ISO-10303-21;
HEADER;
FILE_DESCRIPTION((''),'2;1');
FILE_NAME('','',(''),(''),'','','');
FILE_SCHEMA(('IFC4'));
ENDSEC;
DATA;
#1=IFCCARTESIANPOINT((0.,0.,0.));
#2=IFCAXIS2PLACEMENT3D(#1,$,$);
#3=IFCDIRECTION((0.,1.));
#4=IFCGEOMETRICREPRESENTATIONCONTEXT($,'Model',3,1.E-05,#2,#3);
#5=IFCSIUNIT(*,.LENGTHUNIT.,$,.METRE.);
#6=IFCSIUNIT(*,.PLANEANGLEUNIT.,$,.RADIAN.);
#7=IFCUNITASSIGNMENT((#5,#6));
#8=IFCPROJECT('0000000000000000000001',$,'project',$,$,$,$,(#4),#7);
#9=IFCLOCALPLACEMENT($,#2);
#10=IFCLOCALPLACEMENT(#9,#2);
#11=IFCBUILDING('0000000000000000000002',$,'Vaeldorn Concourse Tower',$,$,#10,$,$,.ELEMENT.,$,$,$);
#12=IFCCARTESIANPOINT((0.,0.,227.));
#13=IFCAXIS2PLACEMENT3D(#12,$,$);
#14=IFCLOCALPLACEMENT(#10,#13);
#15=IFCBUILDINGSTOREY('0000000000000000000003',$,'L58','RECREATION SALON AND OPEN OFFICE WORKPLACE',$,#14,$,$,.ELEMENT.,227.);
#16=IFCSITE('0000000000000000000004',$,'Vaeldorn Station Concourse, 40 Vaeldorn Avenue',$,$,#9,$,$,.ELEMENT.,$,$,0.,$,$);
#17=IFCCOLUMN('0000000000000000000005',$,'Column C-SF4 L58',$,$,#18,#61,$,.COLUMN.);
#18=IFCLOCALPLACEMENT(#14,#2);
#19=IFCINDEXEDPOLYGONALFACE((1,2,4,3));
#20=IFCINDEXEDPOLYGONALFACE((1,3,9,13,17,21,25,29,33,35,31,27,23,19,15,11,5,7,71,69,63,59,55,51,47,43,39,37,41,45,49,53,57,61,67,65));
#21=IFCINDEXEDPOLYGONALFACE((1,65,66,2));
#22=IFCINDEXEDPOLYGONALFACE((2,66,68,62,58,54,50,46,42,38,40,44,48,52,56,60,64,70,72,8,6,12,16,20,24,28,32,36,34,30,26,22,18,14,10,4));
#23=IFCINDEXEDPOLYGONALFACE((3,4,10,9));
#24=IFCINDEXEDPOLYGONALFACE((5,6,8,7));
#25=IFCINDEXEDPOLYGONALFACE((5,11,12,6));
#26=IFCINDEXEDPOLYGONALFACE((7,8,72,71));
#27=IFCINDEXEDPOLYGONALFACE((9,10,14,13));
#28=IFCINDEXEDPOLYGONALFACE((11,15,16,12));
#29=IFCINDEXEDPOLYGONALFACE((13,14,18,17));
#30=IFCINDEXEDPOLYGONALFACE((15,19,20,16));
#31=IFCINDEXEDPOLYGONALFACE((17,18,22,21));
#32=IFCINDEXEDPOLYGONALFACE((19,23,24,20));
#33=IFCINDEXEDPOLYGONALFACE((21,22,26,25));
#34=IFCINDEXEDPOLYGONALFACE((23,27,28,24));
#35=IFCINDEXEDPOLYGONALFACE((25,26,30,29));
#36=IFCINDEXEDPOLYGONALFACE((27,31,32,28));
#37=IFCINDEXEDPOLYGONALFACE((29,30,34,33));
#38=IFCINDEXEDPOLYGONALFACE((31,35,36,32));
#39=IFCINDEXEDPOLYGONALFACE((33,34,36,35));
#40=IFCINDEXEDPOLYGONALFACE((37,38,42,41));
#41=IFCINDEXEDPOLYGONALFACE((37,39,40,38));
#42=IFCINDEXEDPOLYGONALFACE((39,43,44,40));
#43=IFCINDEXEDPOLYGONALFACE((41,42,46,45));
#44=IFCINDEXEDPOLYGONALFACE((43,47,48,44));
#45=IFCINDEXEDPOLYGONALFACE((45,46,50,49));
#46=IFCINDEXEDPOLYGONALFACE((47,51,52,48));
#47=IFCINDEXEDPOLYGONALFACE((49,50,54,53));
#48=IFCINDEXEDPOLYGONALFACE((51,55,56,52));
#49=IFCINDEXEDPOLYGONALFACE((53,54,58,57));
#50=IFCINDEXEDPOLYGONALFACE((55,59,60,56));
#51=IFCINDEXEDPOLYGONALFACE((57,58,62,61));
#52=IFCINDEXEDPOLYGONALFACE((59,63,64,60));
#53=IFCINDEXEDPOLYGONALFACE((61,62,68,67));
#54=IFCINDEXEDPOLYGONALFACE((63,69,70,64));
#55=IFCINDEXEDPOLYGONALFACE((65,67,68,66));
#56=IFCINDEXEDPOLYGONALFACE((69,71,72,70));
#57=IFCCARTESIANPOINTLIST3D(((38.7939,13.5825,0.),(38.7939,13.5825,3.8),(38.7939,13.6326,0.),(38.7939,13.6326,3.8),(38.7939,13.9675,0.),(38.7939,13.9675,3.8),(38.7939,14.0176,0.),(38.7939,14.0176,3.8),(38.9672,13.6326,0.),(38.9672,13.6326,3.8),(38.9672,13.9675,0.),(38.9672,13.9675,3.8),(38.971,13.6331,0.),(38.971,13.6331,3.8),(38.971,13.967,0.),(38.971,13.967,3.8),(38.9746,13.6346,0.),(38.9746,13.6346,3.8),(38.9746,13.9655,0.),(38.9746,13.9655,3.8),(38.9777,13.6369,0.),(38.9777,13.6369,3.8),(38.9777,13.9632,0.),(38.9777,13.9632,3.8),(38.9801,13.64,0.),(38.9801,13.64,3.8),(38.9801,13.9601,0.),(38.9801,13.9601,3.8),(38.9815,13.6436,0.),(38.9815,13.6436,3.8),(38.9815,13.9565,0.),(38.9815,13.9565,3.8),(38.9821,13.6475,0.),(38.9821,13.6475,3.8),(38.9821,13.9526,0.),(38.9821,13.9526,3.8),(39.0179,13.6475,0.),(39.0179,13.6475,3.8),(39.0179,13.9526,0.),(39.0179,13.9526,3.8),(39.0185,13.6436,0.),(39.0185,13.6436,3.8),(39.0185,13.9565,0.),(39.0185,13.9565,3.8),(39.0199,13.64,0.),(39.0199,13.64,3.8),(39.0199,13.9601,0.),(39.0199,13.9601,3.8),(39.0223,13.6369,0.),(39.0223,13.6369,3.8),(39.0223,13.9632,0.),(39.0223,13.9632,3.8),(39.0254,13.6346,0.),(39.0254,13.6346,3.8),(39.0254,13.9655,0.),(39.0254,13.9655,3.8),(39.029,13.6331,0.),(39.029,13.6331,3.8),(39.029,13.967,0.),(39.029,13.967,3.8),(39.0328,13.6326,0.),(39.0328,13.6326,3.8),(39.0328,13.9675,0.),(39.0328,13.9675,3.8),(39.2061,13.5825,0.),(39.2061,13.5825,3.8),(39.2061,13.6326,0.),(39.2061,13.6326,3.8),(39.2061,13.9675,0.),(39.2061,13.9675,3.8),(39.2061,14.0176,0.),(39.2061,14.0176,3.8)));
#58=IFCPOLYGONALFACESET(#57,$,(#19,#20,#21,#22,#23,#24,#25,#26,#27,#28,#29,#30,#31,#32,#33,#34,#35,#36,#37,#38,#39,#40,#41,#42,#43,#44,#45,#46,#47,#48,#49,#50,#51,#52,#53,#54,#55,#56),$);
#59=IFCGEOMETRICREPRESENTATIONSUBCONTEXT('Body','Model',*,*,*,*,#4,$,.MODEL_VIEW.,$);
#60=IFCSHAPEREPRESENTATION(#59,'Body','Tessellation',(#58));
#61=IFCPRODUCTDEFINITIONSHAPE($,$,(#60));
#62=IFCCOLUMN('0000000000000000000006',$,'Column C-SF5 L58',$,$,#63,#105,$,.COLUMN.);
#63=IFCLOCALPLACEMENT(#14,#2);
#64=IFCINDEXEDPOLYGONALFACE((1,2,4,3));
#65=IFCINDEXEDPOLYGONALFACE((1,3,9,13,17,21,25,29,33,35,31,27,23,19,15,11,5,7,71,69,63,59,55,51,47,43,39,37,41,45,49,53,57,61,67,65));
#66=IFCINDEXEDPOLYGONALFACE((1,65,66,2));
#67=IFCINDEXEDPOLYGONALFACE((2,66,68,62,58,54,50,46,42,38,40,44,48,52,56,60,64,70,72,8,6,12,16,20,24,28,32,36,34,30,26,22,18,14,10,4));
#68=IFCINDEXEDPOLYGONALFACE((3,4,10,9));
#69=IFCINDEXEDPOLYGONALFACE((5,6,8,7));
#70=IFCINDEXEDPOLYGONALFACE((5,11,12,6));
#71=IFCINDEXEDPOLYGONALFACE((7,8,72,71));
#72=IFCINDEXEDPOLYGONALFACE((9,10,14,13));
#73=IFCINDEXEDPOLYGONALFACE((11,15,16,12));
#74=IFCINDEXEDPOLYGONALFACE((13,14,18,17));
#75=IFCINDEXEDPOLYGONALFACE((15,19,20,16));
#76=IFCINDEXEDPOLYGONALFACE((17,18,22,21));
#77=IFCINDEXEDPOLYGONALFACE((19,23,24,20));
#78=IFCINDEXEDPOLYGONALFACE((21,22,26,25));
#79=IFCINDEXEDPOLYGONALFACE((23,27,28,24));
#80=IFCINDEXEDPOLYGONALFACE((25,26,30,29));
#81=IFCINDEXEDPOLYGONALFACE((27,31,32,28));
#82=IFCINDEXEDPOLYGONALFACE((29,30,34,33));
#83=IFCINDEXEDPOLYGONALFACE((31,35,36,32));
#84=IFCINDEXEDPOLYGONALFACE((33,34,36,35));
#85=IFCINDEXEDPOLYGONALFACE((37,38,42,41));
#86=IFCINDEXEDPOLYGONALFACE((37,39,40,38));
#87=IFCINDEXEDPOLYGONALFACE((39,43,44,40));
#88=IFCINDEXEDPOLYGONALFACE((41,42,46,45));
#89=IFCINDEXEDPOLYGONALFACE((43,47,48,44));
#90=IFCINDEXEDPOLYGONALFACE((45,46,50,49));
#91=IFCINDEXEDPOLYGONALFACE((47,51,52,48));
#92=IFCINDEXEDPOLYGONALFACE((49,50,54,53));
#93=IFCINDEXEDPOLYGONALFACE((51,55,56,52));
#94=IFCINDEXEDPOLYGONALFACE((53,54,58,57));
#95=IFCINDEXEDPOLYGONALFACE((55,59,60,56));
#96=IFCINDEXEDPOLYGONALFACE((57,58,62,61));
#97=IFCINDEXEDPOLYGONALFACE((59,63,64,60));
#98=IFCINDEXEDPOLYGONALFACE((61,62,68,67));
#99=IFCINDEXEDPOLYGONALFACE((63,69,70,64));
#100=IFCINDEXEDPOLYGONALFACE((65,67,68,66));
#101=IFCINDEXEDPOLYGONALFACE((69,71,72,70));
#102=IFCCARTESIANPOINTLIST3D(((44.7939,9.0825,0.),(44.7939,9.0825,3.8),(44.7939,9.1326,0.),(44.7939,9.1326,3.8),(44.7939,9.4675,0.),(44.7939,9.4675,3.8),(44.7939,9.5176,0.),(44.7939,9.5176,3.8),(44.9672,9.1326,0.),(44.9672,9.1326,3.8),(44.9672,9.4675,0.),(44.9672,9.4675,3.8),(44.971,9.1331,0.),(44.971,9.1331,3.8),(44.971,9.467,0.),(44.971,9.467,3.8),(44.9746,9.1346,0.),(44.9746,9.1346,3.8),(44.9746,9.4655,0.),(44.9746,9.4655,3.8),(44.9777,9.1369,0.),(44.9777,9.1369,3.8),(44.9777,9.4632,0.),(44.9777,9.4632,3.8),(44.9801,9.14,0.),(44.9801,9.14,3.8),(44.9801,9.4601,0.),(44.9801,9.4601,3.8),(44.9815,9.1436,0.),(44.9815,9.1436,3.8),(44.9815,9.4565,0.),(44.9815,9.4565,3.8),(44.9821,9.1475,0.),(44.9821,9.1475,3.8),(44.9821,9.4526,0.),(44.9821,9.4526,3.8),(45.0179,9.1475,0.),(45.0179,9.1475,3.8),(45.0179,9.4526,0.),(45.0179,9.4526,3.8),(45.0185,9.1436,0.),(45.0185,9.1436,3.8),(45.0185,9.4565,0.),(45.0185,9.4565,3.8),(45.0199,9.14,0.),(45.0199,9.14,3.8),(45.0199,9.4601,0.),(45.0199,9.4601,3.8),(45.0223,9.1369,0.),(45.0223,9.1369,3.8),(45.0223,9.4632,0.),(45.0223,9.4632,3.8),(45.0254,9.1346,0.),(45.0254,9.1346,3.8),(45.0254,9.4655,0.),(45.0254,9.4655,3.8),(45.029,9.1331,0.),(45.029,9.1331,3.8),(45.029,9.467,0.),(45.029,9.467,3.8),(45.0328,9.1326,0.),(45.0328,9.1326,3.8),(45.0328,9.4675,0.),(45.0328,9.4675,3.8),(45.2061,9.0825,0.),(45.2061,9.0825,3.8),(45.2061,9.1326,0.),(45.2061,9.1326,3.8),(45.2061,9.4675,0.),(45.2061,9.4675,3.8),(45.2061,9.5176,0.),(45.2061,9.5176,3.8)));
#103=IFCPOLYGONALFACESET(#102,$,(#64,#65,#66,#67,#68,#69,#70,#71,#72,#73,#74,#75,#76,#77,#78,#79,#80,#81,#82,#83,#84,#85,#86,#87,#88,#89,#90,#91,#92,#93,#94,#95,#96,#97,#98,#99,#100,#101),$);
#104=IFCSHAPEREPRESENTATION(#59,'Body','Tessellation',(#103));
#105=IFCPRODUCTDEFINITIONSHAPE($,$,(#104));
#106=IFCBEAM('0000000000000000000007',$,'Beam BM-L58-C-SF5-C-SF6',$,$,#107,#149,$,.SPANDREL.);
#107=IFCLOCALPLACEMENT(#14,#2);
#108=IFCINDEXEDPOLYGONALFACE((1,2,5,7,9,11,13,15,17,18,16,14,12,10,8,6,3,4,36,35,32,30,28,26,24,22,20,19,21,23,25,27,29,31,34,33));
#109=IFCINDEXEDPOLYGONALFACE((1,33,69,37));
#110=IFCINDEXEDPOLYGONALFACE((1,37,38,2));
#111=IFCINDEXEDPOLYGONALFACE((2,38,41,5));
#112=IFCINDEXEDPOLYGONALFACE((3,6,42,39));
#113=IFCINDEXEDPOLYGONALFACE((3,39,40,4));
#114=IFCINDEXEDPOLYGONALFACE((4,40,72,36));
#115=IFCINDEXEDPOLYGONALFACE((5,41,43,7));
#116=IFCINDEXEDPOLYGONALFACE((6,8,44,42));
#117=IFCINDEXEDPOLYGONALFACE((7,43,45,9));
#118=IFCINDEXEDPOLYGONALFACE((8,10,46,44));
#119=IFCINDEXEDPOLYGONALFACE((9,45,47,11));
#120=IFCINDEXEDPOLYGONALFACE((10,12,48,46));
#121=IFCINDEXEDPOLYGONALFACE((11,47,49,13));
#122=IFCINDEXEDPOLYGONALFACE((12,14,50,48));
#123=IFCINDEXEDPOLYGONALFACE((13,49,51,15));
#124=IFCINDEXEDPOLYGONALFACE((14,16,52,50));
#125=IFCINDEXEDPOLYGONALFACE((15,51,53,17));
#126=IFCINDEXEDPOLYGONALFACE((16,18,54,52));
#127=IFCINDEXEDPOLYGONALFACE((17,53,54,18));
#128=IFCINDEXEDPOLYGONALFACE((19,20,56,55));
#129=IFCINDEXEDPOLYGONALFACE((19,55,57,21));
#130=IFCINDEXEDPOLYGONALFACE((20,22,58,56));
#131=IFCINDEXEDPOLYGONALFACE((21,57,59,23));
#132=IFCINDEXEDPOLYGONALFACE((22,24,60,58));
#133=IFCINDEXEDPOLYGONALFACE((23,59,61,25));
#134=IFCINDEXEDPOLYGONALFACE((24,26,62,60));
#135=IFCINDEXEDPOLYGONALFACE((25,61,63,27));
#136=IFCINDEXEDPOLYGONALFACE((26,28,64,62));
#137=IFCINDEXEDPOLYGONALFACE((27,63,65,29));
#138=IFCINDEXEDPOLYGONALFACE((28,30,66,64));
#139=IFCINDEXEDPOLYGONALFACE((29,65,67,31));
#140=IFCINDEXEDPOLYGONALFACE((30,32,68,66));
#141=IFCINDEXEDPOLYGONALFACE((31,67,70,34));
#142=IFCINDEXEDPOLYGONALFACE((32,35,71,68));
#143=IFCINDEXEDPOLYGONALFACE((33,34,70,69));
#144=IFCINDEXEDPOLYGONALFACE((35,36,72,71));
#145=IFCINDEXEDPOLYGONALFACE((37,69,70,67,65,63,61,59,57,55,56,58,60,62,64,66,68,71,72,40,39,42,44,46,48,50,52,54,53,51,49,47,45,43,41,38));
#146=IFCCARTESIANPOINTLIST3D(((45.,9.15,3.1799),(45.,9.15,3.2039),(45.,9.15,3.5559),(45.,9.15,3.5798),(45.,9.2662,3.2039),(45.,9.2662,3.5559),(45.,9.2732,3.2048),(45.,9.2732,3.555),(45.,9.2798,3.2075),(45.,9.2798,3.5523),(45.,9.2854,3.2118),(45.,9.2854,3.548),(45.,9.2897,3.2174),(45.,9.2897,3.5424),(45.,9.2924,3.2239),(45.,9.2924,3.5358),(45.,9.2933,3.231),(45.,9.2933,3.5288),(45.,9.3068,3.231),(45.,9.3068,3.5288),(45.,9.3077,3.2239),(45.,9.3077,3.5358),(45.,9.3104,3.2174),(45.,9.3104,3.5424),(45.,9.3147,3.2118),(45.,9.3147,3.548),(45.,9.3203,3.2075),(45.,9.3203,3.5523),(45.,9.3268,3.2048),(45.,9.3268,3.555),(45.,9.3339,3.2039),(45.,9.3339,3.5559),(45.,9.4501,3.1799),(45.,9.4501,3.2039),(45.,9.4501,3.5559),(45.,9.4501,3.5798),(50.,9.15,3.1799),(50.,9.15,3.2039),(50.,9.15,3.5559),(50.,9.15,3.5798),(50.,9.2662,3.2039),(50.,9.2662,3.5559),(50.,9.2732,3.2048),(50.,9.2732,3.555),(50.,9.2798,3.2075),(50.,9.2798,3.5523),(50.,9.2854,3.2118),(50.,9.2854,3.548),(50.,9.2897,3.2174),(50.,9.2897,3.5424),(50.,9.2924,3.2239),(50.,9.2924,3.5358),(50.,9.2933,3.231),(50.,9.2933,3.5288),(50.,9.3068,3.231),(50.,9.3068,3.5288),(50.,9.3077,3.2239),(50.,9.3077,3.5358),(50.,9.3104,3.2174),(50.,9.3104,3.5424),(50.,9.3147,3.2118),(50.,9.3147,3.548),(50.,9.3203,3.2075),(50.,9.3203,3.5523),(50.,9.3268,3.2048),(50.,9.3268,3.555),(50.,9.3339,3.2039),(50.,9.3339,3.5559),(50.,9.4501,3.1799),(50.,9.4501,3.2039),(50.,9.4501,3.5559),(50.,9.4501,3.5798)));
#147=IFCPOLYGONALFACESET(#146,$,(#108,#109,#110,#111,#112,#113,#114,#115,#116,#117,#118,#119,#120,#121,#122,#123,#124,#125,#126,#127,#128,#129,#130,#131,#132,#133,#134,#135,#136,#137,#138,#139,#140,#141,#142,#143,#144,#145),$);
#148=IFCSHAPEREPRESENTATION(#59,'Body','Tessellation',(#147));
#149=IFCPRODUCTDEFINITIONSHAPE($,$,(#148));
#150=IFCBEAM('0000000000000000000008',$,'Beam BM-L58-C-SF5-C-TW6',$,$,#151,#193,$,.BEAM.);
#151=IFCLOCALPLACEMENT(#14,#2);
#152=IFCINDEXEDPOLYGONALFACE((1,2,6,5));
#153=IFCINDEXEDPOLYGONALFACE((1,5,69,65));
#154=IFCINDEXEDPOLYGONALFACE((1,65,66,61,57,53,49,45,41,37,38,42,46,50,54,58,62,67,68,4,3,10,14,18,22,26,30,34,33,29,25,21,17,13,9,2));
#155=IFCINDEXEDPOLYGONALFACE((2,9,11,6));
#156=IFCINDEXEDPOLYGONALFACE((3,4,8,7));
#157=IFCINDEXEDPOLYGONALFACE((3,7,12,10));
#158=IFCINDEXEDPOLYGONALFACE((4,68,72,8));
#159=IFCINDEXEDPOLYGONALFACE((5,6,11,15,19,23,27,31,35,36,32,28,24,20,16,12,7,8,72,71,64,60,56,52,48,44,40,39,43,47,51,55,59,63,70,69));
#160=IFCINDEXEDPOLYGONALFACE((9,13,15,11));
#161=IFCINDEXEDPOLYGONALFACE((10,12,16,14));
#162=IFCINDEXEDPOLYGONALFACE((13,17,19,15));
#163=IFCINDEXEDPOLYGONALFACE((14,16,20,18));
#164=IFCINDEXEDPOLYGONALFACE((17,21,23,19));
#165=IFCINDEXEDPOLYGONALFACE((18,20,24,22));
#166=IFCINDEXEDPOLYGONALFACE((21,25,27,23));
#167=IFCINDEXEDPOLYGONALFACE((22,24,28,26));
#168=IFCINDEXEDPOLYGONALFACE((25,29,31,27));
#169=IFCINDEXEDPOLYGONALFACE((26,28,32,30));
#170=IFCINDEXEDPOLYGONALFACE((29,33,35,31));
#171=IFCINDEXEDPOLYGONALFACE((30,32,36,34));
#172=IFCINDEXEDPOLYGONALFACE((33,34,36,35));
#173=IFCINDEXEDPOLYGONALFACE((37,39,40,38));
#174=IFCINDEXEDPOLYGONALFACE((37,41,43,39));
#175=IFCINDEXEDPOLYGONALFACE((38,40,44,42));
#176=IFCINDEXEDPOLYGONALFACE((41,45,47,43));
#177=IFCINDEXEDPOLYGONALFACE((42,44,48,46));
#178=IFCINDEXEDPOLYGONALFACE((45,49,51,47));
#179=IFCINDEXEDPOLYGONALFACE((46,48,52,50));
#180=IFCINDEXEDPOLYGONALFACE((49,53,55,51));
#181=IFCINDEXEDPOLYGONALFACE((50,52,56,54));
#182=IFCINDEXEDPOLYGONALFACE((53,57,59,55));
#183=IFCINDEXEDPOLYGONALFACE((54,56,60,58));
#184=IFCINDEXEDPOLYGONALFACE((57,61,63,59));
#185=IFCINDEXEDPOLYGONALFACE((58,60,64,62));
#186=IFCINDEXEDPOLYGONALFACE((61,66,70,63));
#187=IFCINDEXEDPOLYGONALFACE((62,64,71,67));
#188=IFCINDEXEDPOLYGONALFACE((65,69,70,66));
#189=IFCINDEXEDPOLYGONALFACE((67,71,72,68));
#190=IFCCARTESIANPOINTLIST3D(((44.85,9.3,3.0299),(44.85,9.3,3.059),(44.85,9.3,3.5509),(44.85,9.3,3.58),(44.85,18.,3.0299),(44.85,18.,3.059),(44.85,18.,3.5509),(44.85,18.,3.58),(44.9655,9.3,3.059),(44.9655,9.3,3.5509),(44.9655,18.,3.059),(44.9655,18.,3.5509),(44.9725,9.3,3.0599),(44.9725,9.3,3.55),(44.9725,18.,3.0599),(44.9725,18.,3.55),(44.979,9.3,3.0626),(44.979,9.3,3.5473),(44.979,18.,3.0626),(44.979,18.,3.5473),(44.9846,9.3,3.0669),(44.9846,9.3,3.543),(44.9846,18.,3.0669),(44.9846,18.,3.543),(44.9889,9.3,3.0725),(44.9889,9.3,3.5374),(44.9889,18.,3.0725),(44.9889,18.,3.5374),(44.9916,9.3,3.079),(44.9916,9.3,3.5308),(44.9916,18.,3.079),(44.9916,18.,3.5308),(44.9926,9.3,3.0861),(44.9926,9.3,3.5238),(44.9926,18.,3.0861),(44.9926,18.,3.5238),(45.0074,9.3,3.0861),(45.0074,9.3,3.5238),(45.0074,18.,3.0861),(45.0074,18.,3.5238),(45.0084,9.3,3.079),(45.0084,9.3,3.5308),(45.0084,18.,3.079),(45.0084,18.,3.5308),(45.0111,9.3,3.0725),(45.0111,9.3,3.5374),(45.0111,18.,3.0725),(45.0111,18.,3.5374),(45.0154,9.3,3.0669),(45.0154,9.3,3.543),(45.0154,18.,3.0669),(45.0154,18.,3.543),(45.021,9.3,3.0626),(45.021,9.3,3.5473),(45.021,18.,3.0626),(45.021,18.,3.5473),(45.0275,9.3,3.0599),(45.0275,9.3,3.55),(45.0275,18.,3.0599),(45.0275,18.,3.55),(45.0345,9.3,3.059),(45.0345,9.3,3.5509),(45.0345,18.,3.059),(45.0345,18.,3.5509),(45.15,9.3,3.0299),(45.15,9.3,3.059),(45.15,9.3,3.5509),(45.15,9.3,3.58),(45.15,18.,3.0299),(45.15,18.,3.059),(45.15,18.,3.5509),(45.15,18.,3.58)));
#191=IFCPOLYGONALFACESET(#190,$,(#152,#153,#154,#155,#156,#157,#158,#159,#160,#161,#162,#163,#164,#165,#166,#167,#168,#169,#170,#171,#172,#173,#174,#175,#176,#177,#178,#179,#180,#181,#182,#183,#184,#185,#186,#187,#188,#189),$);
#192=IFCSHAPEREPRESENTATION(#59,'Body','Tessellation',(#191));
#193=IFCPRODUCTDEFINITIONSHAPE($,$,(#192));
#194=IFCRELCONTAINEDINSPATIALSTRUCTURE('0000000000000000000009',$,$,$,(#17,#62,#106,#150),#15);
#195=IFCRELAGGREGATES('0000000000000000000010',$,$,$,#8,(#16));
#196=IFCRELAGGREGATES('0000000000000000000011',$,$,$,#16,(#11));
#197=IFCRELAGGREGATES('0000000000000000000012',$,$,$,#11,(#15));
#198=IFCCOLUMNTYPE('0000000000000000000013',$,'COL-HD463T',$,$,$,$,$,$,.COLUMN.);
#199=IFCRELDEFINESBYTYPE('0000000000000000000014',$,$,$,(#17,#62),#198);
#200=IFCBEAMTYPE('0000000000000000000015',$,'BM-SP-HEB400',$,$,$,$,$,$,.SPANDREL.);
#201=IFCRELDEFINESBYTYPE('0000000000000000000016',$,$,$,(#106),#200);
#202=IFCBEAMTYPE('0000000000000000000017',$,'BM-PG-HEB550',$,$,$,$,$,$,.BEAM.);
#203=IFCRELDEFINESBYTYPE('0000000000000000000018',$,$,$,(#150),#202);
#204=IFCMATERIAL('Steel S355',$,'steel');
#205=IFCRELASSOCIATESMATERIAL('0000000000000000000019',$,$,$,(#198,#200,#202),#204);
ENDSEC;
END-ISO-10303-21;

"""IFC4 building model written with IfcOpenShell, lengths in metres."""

from ifc_helpers import new_model, si_unit, direction, frame, origin, origin_2d, place, context, subcontext, project, spatial, i_section, extrude, source, transform, mapped, material, material_profile, profile_set, type_object, element, save


model = new_model("IFC4")

# Units and contexts
model_context = context("Model", 3, precision=1e-05, world=origin(), true_north=direction((0.0, 1.0)))
body_context = subcontext(model_context, "Body", "Model", "MODEL_VIEW")
ifc_project = project(units=[si_unit("LENGTHUNIT", "METRE"), si_unit("PLANEANGLEUNIT", "RADIAN")], contexts=[model_context])

# Site, building, storey
site_placement = place(None, origin())
site = spatial("IfcSite", under=ifc_project, at=site_placement, Name="Vaeldorn Station Concourse, 40 Vaeldorn Avenue", CompositionType="ELEMENT", RefElevation=0.0)
building_placement = place(site_placement, origin())
building = spatial("IfcBuilding", under=site, at=building_placement, Name="Vaeldorn Concourse Tower", CompositionType="ELEMENT")
storey_placement = place(building_placement, frame((0.0, 0.0, 227.0)))
storey = spatial("IfcBuildingStorey", under=building, at=storey_placement, Name="L58", Description="RECREATION SALON AND OPEN OFFICE WORKPLACE", CompositionType="ELEMENT", Elevation=227.0)

# Columns
ifc_material_1 = material(Name="Steel S355", Category="steel")
ifc_material_profile_1 = material_profile(ifc_material_1, i_section(OverallWidth=0.4121, OverallDepth=0.4351, WebThickness=0.0359, FlangeThickness=0.05, FilletRadius=0.0149, at=origin_2d()), Name="HD 400x463")
ifc_profile_set_1 = profile_set([ifc_material_profile_1], Name="Steel S355")
column_type = type_object("IfcColumnType", Name="COL-HD463T", PredefinedType="COLUMN", material=ifc_profile_set_1)
shared_shape_1 = source(origin(), body_context, "Body", "SweptSolid", [
    extrude(i_section(OverallWidth=0.4121, OverallDepth=0.4351, WebThickness=0.0359, FlangeThickness=0.05, FilletRadius=0.0149, at=origin_2d()), origin(), (0.0, 0.0, 1.0), 3.8),
])
for number, where, z_axis, x_axis, name in (
    (1, (39.0, 13.8, 0.0), (0.0, 0.0, 1.0), (1.0, 0.0, 0.0), "Column C-SF4 L58"),
    (2, (45.0, 9.3, 0.0), (0.0, 0.0, 1.0), (1.0, 0.0, 0.0), "Column C-SF5 L58"),
):
    element("IfcColumn", number, at=place(storey_placement, frame(where, z_axis=z_axis, x_axis=x_axis)), inside=storey, type_object=column_type, Name=name, PredefinedType="COLUMN", context=body_context, shape_type="MappedRepresentation", body=[
        mapped(shared_shape_1, transform((0.0, 0.0, 0.0), scale=1.0)),
    ])

# Beams
ifc_material_profile_2 = material_profile(ifc_material_1, i_section(OverallWidth=0.3, OverallDepth=0.3999, WebThickness=0.0134, FlangeThickness=0.0239, FilletRadius=0.0271, at=origin_2d()), Name="HEB 400")
ifc_profile_set_2 = profile_set([ifc_material_profile_2], Name="Steel S355")
beam_type_1 = type_object("IfcBeamType", Name="BM-SP-HEB400", PredefinedType="SPANDREL", material=ifc_profile_set_2)
shared_shape_2 = source(origin(), body_context, "Body", "SweptSolid", [
    extrude(i_section(OverallWidth=0.3, OverallDepth=0.3999, WebThickness=0.0134, FlangeThickness=0.0239, FilletRadius=0.0271, at=origin_2d()), origin(), (0.0, 0.0, 1.0), 5.0),
])
beam_1_placement = place(storey_placement, frame((45.0, 9.3, 3.3799), z_axis=(1.0, 0.0, 0.0), x_axis=(0.0, 1.0, 0.0)))
element("IfcBeam", 3, at=beam_1_placement, inside=storey, type_object=beam_type_1, Name="Beam BM-L58-C-SF5-C-SF6", PredefinedType="SPANDREL", context=body_context, shape_type="MappedRepresentation", body=[
    mapped(shared_shape_2, transform((0.0, 0.0, 0.0), scale=1.0)),
])
ifc_material_profile_3 = material_profile(ifc_material_1, i_section(OverallWidth=0.3, OverallDepth=0.55, WebThickness=0.0149, FlangeThickness=0.0291, FilletRadius=0.0271, at=origin_2d()), Name="HEB 550")
ifc_profile_set_3 = profile_set([ifc_material_profile_3], Name="Steel S355")
beam_type_2 = type_object("IfcBeamType", Name="BM-PG-HEB550", PredefinedType="BEAM", material=ifc_profile_set_3)
shared_shape_3 = source(origin(), body_context, "Body", "SweptSolid", [
    extrude(i_section(OverallWidth=0.3, OverallDepth=0.55, WebThickness=0.0149, FlangeThickness=0.0291, FilletRadius=0.0271, at=origin_2d()), origin(), (0.0, 0.0, 1.0), 8.7),
])
beam_2_placement = place(storey_placement, frame((45.0, 9.3, 3.3049), z_axis=(0.0, 1.0, 0.0), x_axis=(-1.0, 0.0, 0.0)))
element("IfcBeam", 4, at=beam_2_placement, inside=storey, type_object=beam_type_2, Name="Beam BM-L58-C-SF5-C-TW6", PredefinedType="BEAM", context=body_context, shape_type="MappedRepresentation", body=[
    mapped(shared_shape_3, transform((0.0, 0.0, 0.0), scale=1.0)),
])

save(model, "model.ifc")
